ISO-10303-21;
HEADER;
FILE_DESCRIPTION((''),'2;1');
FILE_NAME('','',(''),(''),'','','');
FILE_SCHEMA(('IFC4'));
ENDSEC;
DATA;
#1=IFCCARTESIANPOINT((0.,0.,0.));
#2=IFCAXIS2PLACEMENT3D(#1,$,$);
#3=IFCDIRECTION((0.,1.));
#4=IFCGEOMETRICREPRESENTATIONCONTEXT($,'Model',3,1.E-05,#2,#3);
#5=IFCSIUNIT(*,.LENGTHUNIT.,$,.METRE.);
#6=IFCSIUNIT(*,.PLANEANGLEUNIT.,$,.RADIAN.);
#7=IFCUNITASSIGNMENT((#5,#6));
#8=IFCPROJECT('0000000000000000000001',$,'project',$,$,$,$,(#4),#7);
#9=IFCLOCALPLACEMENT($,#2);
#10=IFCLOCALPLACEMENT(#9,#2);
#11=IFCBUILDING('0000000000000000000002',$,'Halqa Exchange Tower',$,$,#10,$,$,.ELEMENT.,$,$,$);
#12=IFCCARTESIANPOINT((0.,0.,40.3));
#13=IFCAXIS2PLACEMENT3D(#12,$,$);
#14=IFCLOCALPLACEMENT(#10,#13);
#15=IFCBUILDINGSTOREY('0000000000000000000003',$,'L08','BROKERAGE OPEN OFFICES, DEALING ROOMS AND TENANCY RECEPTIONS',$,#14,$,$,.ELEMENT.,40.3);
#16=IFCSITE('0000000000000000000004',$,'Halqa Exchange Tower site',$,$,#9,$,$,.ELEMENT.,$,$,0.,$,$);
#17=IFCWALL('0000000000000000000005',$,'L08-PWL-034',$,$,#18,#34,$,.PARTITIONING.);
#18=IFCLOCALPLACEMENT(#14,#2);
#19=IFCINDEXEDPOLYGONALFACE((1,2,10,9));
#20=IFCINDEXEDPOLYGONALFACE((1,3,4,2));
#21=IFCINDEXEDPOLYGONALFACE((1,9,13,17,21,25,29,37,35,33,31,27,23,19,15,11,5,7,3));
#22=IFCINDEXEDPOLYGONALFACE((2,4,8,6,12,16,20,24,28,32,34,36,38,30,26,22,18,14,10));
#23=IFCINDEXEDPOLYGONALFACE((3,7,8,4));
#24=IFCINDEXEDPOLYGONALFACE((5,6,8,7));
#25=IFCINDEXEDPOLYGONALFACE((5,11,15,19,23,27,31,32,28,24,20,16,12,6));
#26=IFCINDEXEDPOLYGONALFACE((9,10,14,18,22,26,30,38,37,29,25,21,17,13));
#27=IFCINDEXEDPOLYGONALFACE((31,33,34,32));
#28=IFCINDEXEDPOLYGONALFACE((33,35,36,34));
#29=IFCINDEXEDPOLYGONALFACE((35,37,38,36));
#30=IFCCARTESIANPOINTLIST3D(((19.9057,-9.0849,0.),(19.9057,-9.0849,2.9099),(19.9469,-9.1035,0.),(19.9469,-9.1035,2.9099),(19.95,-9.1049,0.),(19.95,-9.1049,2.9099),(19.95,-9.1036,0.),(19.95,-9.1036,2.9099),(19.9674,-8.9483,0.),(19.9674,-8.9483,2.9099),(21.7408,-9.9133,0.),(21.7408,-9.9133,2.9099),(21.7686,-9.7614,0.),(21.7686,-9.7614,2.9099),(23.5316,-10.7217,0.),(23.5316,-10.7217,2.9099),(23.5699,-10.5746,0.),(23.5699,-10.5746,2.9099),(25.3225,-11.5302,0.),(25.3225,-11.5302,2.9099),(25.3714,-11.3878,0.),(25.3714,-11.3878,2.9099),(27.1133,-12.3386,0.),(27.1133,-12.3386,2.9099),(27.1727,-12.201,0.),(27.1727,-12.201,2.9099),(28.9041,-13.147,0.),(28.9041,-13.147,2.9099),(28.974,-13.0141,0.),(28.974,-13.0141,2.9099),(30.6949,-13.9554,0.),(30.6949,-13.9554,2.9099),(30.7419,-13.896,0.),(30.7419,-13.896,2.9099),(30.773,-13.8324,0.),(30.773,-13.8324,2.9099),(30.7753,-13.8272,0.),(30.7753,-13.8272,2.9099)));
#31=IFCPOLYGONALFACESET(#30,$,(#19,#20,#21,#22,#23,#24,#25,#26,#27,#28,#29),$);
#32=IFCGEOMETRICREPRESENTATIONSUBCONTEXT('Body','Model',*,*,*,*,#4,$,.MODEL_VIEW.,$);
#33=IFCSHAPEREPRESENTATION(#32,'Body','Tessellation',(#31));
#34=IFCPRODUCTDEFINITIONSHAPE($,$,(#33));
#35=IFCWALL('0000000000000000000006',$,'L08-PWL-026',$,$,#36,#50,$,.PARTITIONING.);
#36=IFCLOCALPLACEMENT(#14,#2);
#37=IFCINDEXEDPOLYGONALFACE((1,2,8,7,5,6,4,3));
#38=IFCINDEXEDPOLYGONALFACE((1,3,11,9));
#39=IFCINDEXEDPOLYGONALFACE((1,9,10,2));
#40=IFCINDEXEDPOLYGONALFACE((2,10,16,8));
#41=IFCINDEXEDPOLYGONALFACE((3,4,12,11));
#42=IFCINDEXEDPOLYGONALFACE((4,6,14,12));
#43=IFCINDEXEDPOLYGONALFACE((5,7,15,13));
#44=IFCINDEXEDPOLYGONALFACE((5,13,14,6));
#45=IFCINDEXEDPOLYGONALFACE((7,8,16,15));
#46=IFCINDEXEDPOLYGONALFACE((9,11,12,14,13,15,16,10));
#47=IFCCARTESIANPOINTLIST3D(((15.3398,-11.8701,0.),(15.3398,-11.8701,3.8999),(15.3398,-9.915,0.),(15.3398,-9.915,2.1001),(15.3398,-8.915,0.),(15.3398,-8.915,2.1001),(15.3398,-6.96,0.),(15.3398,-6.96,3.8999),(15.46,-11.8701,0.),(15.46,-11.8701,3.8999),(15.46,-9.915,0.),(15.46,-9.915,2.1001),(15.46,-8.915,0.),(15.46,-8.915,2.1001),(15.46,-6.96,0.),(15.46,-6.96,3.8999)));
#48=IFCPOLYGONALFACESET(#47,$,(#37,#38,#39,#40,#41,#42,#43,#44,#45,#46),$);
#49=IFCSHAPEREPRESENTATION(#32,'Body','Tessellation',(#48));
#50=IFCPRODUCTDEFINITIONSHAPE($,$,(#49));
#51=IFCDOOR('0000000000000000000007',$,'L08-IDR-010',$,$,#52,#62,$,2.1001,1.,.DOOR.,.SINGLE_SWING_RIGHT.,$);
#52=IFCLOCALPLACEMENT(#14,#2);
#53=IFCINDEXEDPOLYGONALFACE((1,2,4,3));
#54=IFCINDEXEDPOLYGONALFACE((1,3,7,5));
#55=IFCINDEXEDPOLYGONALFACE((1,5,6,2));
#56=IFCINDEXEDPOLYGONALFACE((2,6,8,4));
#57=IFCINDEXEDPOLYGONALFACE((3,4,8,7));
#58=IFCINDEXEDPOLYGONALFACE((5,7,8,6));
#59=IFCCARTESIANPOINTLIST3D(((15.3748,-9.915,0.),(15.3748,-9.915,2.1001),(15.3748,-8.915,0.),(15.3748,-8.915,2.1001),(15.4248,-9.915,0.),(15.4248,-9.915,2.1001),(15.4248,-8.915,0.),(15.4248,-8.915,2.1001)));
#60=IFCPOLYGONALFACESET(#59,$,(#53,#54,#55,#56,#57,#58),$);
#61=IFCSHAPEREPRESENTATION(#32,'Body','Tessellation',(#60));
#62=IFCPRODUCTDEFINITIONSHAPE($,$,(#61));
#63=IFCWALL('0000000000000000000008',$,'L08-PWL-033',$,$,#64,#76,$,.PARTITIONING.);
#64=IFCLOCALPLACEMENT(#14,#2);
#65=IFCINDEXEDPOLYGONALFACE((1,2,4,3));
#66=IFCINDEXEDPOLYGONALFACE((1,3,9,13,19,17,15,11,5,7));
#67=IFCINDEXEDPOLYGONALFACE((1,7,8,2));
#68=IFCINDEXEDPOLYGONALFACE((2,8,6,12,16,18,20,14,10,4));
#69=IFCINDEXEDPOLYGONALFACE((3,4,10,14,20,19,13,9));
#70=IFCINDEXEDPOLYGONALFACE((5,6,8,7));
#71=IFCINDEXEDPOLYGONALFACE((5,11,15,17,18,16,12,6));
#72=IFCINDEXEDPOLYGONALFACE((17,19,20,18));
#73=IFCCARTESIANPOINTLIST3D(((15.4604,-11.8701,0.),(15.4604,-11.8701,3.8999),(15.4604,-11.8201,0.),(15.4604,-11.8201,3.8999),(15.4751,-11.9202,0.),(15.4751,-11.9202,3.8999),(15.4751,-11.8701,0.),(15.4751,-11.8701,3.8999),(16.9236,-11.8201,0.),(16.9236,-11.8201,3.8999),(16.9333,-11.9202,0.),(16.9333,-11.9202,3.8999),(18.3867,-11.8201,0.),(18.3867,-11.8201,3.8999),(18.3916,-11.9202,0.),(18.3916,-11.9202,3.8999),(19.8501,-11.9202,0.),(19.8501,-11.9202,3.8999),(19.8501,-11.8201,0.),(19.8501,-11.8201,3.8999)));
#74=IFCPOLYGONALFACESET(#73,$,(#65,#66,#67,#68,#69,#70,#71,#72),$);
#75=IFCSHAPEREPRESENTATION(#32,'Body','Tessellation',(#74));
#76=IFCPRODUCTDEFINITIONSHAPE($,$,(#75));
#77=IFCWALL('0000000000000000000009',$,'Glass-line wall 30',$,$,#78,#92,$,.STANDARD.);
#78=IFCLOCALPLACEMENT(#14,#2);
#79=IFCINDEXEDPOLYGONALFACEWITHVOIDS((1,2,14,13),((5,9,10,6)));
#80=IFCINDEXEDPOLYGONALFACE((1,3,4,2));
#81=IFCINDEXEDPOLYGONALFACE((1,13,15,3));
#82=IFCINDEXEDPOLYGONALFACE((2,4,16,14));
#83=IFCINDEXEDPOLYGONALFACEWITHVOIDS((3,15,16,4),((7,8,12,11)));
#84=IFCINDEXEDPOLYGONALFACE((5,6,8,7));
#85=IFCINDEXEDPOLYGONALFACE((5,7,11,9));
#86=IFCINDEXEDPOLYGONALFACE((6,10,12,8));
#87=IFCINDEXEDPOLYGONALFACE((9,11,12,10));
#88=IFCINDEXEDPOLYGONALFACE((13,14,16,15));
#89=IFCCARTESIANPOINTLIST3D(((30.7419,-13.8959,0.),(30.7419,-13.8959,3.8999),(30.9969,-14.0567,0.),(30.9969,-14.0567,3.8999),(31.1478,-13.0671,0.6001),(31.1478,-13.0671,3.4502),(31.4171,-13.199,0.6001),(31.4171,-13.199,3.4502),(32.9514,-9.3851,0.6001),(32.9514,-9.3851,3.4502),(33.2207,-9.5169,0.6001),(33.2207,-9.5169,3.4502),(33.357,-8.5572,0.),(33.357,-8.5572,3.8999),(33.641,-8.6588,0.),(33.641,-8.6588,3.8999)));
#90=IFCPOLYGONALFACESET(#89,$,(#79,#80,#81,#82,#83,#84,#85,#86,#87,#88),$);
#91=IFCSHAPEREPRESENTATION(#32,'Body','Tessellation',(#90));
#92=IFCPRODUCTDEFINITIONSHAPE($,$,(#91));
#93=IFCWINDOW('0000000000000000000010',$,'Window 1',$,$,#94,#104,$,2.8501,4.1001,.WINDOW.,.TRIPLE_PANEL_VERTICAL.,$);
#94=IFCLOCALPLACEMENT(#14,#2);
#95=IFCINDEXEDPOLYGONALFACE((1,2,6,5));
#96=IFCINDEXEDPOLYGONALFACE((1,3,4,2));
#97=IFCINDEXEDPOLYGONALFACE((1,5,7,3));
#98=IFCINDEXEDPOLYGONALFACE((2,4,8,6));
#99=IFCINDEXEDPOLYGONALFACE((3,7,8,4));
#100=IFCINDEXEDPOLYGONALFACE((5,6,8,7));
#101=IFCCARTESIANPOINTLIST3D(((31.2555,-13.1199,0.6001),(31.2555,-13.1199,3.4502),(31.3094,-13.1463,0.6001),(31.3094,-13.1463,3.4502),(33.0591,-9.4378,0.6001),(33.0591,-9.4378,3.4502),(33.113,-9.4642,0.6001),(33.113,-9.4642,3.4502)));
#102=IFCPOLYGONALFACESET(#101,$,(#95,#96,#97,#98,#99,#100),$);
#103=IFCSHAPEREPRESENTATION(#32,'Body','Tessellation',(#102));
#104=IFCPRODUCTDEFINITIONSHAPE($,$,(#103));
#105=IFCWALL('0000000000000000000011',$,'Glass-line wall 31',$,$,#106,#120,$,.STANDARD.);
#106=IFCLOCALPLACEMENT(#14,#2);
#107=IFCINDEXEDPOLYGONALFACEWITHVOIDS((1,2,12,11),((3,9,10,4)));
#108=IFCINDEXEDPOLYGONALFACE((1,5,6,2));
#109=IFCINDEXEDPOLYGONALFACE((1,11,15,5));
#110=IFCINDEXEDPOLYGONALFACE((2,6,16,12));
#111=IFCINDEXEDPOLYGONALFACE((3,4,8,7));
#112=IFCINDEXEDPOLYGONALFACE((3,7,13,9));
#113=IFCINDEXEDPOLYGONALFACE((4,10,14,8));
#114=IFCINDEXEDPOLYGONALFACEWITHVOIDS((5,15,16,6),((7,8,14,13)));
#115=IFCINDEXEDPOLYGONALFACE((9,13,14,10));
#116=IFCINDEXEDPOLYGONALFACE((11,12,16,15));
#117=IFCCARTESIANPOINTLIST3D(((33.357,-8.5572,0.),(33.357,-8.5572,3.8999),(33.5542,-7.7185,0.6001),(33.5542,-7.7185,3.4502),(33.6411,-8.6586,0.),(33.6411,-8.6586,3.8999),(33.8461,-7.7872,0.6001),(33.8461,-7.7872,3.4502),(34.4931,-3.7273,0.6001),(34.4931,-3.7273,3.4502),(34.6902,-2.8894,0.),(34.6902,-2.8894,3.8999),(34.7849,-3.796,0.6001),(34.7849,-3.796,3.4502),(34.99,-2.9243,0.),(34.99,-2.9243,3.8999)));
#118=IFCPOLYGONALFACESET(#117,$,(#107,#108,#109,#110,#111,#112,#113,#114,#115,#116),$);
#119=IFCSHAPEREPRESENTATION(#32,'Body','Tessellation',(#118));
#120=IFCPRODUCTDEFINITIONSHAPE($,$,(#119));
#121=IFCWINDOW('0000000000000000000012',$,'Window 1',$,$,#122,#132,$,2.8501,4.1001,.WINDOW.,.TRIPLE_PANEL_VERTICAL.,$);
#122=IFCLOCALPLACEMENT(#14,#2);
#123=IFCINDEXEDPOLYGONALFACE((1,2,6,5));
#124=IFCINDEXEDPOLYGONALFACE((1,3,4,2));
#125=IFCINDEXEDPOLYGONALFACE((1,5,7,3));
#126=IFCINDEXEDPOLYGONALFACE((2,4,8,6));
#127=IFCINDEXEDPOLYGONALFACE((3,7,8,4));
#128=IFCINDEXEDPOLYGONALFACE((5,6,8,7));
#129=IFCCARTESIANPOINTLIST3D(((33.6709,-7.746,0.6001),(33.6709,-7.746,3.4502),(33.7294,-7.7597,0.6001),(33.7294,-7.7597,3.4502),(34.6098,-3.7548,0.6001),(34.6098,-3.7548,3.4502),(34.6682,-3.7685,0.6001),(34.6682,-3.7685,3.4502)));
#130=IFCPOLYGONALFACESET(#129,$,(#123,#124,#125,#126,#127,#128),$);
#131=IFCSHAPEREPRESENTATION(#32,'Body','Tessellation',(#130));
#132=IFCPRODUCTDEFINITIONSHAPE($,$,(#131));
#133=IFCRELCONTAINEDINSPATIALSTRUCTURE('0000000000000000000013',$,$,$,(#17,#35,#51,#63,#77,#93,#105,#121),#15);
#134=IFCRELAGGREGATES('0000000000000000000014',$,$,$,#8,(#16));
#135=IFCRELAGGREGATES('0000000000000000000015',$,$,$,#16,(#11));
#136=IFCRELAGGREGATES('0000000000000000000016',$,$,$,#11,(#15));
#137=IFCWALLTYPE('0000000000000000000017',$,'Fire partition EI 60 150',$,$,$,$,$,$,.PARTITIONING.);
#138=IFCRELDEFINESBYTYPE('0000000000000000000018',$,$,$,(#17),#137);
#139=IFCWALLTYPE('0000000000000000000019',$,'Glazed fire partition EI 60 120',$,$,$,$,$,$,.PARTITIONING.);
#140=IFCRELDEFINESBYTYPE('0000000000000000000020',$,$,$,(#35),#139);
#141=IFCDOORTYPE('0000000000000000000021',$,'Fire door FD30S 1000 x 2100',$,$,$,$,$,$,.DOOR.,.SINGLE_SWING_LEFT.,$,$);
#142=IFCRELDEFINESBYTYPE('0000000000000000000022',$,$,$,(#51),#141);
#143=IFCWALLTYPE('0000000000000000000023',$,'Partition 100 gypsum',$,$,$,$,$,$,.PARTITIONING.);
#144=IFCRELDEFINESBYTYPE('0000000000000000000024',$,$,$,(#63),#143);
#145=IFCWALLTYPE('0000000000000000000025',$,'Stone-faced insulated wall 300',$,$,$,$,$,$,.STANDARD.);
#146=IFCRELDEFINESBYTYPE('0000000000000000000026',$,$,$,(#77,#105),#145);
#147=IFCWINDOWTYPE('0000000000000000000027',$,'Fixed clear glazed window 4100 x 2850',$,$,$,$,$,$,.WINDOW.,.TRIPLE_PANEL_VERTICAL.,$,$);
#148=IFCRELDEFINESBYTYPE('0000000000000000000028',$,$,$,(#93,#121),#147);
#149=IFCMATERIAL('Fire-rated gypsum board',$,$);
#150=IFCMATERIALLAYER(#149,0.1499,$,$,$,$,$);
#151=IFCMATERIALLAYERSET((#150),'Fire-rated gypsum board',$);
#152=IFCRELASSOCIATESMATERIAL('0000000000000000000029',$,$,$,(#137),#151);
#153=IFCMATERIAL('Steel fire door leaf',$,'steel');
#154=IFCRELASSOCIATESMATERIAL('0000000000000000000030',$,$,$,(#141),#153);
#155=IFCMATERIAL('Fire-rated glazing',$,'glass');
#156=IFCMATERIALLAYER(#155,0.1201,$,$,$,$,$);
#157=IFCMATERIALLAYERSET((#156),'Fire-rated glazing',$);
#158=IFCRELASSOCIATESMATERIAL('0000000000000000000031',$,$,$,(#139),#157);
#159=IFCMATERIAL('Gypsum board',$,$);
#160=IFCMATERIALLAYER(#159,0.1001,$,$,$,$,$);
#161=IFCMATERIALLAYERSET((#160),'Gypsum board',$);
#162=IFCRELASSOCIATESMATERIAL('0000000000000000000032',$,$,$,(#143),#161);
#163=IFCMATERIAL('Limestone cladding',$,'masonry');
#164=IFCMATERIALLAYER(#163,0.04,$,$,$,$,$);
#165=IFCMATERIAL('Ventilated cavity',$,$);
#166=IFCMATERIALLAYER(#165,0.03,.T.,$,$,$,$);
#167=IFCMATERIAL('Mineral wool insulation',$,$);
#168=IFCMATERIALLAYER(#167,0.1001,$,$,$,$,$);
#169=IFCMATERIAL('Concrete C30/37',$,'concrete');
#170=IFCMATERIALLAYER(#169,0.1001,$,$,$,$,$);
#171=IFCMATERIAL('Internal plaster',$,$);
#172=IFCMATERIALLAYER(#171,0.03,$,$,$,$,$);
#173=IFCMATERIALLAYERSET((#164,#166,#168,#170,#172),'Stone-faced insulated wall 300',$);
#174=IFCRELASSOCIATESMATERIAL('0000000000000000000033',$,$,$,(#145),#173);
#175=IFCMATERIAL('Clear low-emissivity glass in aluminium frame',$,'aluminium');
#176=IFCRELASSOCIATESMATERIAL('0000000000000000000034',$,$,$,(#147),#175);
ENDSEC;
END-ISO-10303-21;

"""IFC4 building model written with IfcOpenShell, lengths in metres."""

from ifc_helpers import new_model, si_unit, direction, frame, frame_2d, origin, place, context, subcontext, project, spatial, polyline, rectangle, outline, extrude, material, layer, layer_set, type_object, element, fill, save


model = new_model("IFC4")

# Units and contexts
model_context = context("Model", 3, precision=1e-05, world=origin(), true_north=direction((0.0, 1.0)))
body_context = subcontext(model_context, "Body", "Model", "MODEL_VIEW")
ifc_project = project(units=[si_unit("LENGTHUNIT", "METRE"), si_unit("PLANEANGLEUNIT", "RADIAN")], contexts=[model_context])

# Site, building, storey
site_placement = place(None, origin())
site = spatial("IfcSite", under=ifc_project, at=site_placement, Name="Halqa Exchange Tower site", CompositionType="ELEMENT", RefElevation=0.0)
building_placement = place(site_placement, origin())
building = spatial("IfcBuilding", under=site, at=building_placement, Name="Halqa Exchange Tower", CompositionType="ELEMENT")
storey_placement = place(building_placement, frame((0.0, 0.0, 40.3)))
storey = spatial("IfcBuildingStorey", under=building, at=storey_placement, Name="L08", Description="BROKERAGE OPEN OFFICES, DEALING ROOMS AND TENANCY RECEPTIONS", CompositionType="ELEMENT", Elevation=40.3)

# Shared definitions
ifc_material_1 = material(Name="Fire-rated gypsum board")
ifc_layer_1 = layer(ifc_material_1, 0.1499)
ifc_layer_set_1 = layer_set([ifc_layer_1], Name="Fire-rated gypsum board")
wall_type_1 = type_object("IfcWallType", Name="Fire partition EI 60 150", PredefinedType="PARTITIONING", material=ifc_layer_set_1)

# Shared definitions
ifc_material_2 = material(Name="Steel fire door leaf", Category="steel")
door_type_1 = type_object("IfcDoorType", Name="Fire door FD30S 1000 x 2100", OperationType="SINGLE_SWING_LEFT", PredefinedType="DOOR", material=ifc_material_2)

# Wall
wall_1_placement = place(storey_placement, frame((19.9365, -9.0166, 0.0), z_axis=(0.0, 0.0, 1.0), x_axis=(0.911436, -0.411442, 0.0)))
element("IfcWall", 1, at=wall_1_placement, inside=storey, type_object=wall_type_1, Name="L08-PWL-034", PredefinedType="PARTITIONING", context=body_context, shape_type="SweptSolid", body=[
    extrude(outline(polyline([(0.0, -0.075), (0.0452, -0.075), (0.0481, -0.0737), (0.0486, -0.075), (2.0134, -0.075), (3.9783, -0.075), (5.9431, -0.075), (7.908, -0.075), (9.8728, -0.075), (11.8376, -0.075), (11.856, -0.0015), (11.8582, 0.0693), (11.8582, 0.075), (9.8818, 0.075), (7.9055, 0.075), (5.9292, 0.075), (3.9526, 0.075), (1.9763, 0.075), (0.0, 0.075), (0.0, -0.075)])), origin(), (0.0, 0.0, 1.0), 2.9099),
])

# Wall, opening, door
ifc_material_3 = material(Name="Fire-rated glazing", Category="glass")
ifc_layer_2 = layer(ifc_material_3, 0.1201)
ifc_layer_set_2 = layer_set([ifc_layer_2], Name="Fire-rated glazing")
wall_type_2 = type_object("IfcWallType", Name="Glazed fire partition EI 60 120", PredefinedType="PARTITIONING", material=ifc_layer_set_2)
wall_2_placement = place(storey_placement, frame((15.3999, -6.96, 0.0), z_axis=(0.0, 0.0, 1.0), x_axis=(0.0, -1.0, 0.0)))
wall_2 = element("IfcWall", 2, at=wall_2_placement, inside=storey, type_object=wall_type_2, Name="L08-PWL-026", PredefinedType="PARTITIONING", context=body_context, shape_type="SweptSolid", body=[
    extrude(rectangle(XDim=4.9102, YDim=0.1201, at=frame_2d((2.4551, 0.0))), origin(), (0.0, 0.0, 1.0), 3.8999),
])
opening_1_placement = place(wall_2_placement, frame((1.9551, 0.0, 0.0)))
opening_1 = element("IfcOpeningElement", 3, at=opening_1_placement, cuts=wall_2, PredefinedType="OPENING", context=body_context, shape_type="SweptSolid", body=[
    extrude(rectangle(XDim=1.0, YDim=2.1001, at=frame_2d((0.5, 1.05))), frame((0.0, 0.072, 0.0), z_axis=(0.0, -1.0, 0.0), x_axis=(1.0, 0.0, 0.0)), (0.0, 0.0, 1.0), 0.144),
])
door_1_placement = place(opening_1_placement, origin())
door_1 = element("IfcDoor", 4, at=door_1_placement, inside=storey, type_object=door_type_1, Name="L08-IDR-010", OperationType="SINGLE_SWING_RIGHT", OverallHeight=2.1001, OverallWidth=1.0, PredefinedType="DOOR", context=body_context, shape_type="SweptSolid", body=[
    extrude(rectangle(XDim=1.0, YDim=2.1001, at=frame_2d((0.5, 1.05))), frame((0.0, 0.0249, 0.0), z_axis=(0.0, -1.0, 0.0), x_axis=(1.0, 0.0, 0.0)), (0.0, 0.0, 1.0), 0.05),
])
fill(opening_1, door_1)

# Wall
ifc_material_4 = material(Name="Gypsum board")
ifc_layer_3 = layer(ifc_material_4, 0.1001)
ifc_layer_set_3 = layer_set([ifc_layer_3], Name="Gypsum board")
wall_type_3 = type_object("IfcWallType", Name="Partition 100 gypsum", PredefinedType="PARTITIONING", material=ifc_layer_set_3)
wall_3_placement = place(storey_placement, frame((19.8501, -11.8701, 0.0), z_axis=(0.0, 0.0, 1.0), x_axis=(-1.0, 0.0, 0.0)))
element("IfcWall", 5, at=wall_3_placement, inside=storey, type_object=wall_type_3, Name="L08-PWL-033", PredefinedType="PARTITIONING", context=body_context, shape_type="SweptSolid", body=[
    extrude(outline(polyline([(4.3896, -0.05), (4.3896, 0.0), (4.375, 0.0), (4.375, 0.05), (2.9167, 0.05), (1.4585, 0.05), (0.0, 0.05), (0.0, -0.05), (1.4634, -0.05), (2.9265, -0.05), (4.3896, -0.05)])), origin(), (0.0, 0.0, 1.0), 3.8999),
])

# Walls, openings, windows
ifc_material_5 = material(Name="Limestone cladding", Category="masonry")
ifc_layer_4 = layer(ifc_material_5, 0.04)
ifc_material_6 = material(Name="Ventilated cavity")
ifc_layer_5 = layer(ifc_material_6, 0.03, ventilated=True)
ifc_material_7 = material(Name="Mineral wool insulation")
ifc_layer_6 = layer(ifc_material_7, 0.1001)
ifc_material_8 = material(Name="Concrete C30/37", Category="concrete")
ifc_layer_7 = layer(ifc_material_8, 0.1001)
ifc_material_9 = material(Name="Internal plaster")
ifc_layer_8 = layer(ifc_material_9, 0.03)
ifc_layer_set_4 = layer_set([ifc_layer_4, ifc_layer_5, ifc_layer_6, ifc_layer_7, ifc_layer_8], Name="Stone-faced insulated wall 300")
wall_type_4 = type_object("IfcWallType", Name="Stone-faced insulated wall 300", PredefinedType="STANDARD", material=ifc_layer_set_4)
wall_4_placement = place(storey_placement, frame((30.8694, -13.9763, 0.0), z_axis=(0.0, 0.0, 1.0), x_axis=(0.439896, 0.898049, 0.0)))
wall_4 = element("IfcWall", 6, at=wall_4_placement, inside=storey, type_object=wall_type_4, Name="Glass-line wall 30", PredefinedType="STANDARD", context=body_context, shape_type="SweptSolid", body=[
    extrude(outline(polyline([(-0.0161, -0.1499), (5.9946, -0.1499), (5.9609, 0.1499), (0.0161, 0.1499), (-0.0161, -0.1499)])), origin(), (0.0, 0.0, 1.0), 3.8999),
])
opening_2_placement = place(wall_4_placement, frame((0.939, 0.0, 0.6001)))
opening_2 = element("IfcOpeningElement", 7, at=opening_2_placement, cuts=wall_4, PredefinedType="OPENING", context=body_context, shape_type="SweptSolid", body=[
    extrude(rectangle(XDim=4.1001, YDim=2.8501, at=frame_2d((2.05, 1.425))), frame((0.0, 0.1621, 0.0), z_axis=(0.0, -1.0, 0.0), x_axis=(1.0, 0.0, 0.0)), (0.0, 0.0, 1.0), 0.324),
])
ifc_material_10 = material(Name="Clear low-emissivity glass in aluminium frame", Category="aluminium")
window_type = type_object("IfcWindowType", Name="Fixed clear glazed window 4100 x 2850", PartitioningType="TRIPLE_PANEL_VERTICAL", PredefinedType="WINDOW", material=ifc_material_10)
window_1_placement = place(opening_2_placement, origin())
window_1 = element("IfcWindow", 8, at=window_1_placement, inside=storey, type_object=window_type, Name="Window 1", OverallHeight=2.8501, OverallWidth=4.1001, PartitioningType="TRIPLE_PANEL_VERTICAL", PredefinedType="WINDOW", context=body_context, shape_type="SweptSolid", body=[
    extrude(rectangle(XDim=4.1001, YDim=2.8501, at=frame_2d((2.05, 1.425))), frame((0.0, 0.03, 0.0), z_axis=(0.0, -1.0, 0.0), x_axis=(1.0, 0.0, 0.0)), (0.0, 0.0, 1.0), 0.0601),
])
fill(opening_2, window_1)
wall_5_placement = place(storey_placement, frame((33.499, -8.6079, 0.0), z_axis=(0.0, 0.0, 1.0), x_axis=(0.228977, 0.973432, 0.0)))
wall_5 = element("IfcWall", 9, at=wall_5_placement, inside=storey, type_object=wall_type_4, Name="Glass-line wall 31", PredefinedType="STANDARD", context=body_context, shape_type="SweptSolid", body=[
    extrude(outline(polyline([(-0.0168, -0.1499), (5.874, -0.1499), (5.8394, 0.1499), (0.0168, 0.1499), (-0.0168, -0.1499)])), origin(), (0.0, 0.0, 1.0), 3.8999),
])
opening_3_placement = place(wall_5_placement, frame((0.8784, 0.0, 0.6001)))
opening_3 = element("IfcOpeningElement", 10, at=opening_3_placement, cuts=wall_5, PredefinedType="OPENING", context=body_context, shape_type="SweptSolid", body=[
    extrude(rectangle(XDim=4.1001, YDim=2.8501, at=frame_2d((2.05, 1.425))), frame((0.0, 0.1621, 0.0), z_axis=(0.0, -1.0, 0.0), x_axis=(1.0, 0.0, 0.0)), (0.0, 0.0, 1.0), 0.324),
])
window_2_placement = place(opening_3_placement, origin())
window_2 = element("IfcWindow", 11, at=window_2_placement, inside=storey, type_object=window_type, Name="Window 1", OverallHeight=2.8501, OverallWidth=4.1001, PartitioningType="TRIPLE_PANEL_VERTICAL", PredefinedType="WINDOW", context=body_context, shape_type="SweptSolid", body=[
    extrude(rectangle(XDim=4.1001, YDim=2.8501, at=frame_2d((2.05, 1.425))), frame((0.0, 0.03, 0.0), z_axis=(0.0, -1.0, 0.0), x_axis=(1.0, 0.0, 0.0)), (0.0, 0.0, 1.0), 0.0601),
])
fill(opening_3, window_2)

save(model, "model.ifc")
